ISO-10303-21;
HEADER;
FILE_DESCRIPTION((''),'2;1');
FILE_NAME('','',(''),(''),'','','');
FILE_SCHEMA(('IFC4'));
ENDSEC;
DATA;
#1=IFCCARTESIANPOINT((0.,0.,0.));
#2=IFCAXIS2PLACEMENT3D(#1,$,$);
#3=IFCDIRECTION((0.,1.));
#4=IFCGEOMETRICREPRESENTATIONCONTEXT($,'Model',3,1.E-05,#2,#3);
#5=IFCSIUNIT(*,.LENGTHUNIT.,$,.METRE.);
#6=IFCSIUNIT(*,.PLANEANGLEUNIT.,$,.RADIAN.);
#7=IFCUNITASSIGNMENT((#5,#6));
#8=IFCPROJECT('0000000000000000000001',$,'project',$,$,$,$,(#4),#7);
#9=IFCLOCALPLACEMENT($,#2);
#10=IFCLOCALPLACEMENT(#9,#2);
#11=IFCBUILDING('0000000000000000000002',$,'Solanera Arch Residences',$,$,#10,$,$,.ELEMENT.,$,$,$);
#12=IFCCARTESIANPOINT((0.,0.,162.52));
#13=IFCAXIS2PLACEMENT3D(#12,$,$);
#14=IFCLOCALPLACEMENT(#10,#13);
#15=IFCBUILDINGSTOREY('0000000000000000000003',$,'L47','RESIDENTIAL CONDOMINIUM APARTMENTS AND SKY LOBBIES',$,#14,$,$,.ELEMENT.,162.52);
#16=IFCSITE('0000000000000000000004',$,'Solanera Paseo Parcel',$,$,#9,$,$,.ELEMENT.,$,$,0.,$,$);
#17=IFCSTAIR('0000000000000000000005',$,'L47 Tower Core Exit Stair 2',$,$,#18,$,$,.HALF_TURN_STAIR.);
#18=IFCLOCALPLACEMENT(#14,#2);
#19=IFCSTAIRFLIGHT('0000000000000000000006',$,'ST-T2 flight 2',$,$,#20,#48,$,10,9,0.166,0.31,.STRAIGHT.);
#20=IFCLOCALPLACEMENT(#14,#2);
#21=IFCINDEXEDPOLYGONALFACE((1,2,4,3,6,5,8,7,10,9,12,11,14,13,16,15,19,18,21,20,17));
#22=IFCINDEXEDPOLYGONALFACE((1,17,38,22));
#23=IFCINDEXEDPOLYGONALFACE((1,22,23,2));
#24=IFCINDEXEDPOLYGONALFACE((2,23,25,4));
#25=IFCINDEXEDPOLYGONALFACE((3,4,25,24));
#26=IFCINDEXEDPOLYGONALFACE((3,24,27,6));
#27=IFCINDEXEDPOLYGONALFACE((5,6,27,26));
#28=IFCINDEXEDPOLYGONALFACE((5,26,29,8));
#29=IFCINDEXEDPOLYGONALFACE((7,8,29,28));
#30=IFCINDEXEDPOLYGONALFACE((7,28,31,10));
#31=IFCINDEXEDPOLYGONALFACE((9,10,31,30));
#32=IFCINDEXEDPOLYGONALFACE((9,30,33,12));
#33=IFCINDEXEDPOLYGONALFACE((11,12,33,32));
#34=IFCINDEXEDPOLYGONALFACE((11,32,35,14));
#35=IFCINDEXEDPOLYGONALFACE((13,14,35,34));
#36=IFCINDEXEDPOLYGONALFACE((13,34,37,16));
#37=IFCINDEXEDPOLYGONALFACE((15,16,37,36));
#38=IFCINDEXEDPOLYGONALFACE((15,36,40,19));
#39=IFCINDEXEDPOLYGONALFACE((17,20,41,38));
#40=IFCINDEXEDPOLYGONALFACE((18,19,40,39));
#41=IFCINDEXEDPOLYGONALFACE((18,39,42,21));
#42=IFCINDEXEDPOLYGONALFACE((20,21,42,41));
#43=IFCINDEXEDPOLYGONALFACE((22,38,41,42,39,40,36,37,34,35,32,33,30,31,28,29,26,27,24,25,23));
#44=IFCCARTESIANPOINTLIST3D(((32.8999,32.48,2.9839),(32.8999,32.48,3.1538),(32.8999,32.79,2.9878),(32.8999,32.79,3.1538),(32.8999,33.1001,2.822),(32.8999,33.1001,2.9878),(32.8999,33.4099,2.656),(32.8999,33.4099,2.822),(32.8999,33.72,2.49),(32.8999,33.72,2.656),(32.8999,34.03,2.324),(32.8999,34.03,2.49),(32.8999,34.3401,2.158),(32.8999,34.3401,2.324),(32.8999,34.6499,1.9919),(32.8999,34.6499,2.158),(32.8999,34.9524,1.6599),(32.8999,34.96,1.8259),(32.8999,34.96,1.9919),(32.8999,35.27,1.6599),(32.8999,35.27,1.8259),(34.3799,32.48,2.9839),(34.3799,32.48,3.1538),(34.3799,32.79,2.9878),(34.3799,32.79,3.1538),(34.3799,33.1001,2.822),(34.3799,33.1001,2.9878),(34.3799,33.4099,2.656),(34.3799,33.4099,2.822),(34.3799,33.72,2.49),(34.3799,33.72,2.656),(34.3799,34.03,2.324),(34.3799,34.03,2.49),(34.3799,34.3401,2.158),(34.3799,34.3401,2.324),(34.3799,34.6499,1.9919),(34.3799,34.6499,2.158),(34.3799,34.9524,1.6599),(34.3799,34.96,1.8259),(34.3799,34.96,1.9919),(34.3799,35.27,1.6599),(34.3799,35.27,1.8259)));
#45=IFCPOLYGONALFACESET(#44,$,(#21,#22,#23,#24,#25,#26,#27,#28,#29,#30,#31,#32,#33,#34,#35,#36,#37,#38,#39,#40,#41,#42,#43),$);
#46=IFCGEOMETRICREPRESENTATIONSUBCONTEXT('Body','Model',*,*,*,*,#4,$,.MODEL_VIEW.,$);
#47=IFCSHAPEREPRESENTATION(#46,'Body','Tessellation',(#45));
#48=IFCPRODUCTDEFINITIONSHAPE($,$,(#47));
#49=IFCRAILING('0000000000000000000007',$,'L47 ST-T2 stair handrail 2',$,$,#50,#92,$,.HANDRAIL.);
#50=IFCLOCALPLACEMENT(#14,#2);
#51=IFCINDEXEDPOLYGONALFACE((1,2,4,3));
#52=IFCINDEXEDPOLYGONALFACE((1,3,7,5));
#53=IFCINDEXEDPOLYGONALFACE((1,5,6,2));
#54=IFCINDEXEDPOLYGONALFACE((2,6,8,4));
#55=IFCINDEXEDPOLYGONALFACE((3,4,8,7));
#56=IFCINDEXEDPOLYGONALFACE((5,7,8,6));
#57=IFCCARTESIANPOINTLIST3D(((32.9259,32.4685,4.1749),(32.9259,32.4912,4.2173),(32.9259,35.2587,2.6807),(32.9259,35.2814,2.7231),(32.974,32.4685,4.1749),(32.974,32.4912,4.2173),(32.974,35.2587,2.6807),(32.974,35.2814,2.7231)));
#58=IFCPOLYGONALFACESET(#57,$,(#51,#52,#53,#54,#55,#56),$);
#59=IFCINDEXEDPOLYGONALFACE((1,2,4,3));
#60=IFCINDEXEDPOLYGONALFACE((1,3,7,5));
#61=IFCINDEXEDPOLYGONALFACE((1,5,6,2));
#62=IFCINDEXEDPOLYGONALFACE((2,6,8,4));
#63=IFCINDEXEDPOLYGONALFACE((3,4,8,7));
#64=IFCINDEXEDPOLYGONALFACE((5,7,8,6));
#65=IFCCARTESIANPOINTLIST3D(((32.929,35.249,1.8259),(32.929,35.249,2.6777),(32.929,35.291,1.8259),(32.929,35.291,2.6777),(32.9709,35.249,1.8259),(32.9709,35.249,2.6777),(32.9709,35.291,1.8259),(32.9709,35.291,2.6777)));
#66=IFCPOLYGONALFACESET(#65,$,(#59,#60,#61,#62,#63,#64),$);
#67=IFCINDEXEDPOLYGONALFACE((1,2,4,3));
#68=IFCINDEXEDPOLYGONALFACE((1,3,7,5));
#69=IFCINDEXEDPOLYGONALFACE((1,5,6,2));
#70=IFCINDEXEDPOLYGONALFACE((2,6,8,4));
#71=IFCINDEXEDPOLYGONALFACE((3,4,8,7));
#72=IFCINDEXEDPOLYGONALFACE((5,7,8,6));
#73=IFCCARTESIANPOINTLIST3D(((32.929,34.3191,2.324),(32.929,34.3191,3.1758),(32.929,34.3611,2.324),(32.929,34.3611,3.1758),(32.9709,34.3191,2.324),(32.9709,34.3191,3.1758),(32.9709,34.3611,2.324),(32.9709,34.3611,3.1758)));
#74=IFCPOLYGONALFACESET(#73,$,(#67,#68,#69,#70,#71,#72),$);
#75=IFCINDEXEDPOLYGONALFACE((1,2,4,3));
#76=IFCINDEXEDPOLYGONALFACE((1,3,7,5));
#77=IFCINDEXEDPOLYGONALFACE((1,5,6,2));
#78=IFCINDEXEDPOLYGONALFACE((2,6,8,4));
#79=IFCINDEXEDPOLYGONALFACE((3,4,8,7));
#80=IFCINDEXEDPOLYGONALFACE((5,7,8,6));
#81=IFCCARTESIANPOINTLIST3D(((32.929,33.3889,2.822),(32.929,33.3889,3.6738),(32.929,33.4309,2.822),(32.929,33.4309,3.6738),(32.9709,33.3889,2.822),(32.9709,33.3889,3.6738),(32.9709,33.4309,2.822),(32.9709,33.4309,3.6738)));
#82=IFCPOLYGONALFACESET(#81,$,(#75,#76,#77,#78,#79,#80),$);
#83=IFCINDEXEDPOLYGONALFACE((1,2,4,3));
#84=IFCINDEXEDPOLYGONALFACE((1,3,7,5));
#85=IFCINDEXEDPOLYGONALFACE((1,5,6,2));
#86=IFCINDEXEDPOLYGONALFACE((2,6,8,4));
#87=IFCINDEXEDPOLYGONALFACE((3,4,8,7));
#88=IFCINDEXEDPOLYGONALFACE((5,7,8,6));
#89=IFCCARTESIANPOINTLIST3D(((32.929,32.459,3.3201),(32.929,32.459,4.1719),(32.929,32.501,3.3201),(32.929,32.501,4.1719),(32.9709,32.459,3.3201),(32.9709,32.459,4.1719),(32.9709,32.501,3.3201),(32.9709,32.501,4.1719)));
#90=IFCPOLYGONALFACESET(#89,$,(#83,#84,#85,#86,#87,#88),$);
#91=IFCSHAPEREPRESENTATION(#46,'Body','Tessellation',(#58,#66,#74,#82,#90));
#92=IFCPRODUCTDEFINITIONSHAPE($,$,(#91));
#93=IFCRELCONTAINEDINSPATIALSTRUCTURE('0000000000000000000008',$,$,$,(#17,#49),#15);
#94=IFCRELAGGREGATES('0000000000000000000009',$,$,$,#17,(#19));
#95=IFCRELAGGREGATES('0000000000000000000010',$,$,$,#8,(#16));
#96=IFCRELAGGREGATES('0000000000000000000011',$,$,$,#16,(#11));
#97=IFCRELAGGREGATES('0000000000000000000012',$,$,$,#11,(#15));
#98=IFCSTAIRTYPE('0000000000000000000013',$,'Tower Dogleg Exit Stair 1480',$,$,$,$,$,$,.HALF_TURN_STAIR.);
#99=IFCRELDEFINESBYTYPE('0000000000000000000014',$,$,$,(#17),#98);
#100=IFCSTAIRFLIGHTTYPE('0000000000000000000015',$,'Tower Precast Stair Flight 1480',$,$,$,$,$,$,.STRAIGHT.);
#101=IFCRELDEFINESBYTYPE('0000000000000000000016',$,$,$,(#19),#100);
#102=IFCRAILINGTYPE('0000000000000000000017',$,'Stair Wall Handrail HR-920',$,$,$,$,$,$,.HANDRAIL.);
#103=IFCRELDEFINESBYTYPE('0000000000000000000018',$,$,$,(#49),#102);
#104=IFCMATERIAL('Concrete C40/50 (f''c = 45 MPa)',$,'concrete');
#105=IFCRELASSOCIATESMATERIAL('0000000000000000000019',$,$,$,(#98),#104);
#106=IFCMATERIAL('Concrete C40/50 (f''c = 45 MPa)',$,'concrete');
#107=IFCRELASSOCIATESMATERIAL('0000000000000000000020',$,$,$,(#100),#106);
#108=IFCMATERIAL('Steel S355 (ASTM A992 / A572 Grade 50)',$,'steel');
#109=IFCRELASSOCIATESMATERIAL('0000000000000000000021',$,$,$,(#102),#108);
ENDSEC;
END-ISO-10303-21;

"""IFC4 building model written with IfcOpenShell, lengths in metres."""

from ifc_helpers import new_model, si_unit, direction, frame, origin, origin_2d, place, context, subcontext, project, spatial, polyline, rectangle, outline, extrude, material, type_object, element, aggregate, save


model = new_model("IFC4")

# Units and contexts
model_context = context("Model", 3, precision=1e-05, world=origin(), true_north=direction((0.0, 1.0)))
body_context = subcontext(model_context, "Body", "Model", "MODEL_VIEW")
ifc_project = project(units=[si_unit("LENGTHUNIT", "METRE"), si_unit("PLANEANGLEUNIT", "RADIAN")], contexts=[model_context])

# Site, building, storey
site_placement = place(None, origin())
site = spatial("IfcSite", under=ifc_project, at=site_placement, Name="Solanera Paseo Parcel", CompositionType="ELEMENT", RefElevation=0.0)
building_placement = place(site_placement, origin())
building = spatial("IfcBuilding", under=site, at=building_placement, Name="Solanera Arch Residences", CompositionType="ELEMENT")
storey_placement = place(building_placement, frame((0.0, 0.0, 162.52)))
storey = spatial("IfcBuildingStorey", under=building, at=storey_placement, Name="L47", Description="RESIDENTIAL CONDOMINIUM APARTMENTS AND SKY LOBBIES", CompositionType="ELEMENT", Elevation=162.52)

# Stair, stair flight
ifc_material_1 = material(Name="Concrete C40/50 (f'c = 45 MPa)", Category="concrete")
stair_type = type_object("IfcStairType", Name="Tower Dogleg Exit Stair 1480", PredefinedType="HALF_TURN_STAIR", material=ifc_material_1)
stair_placement = place(storey_placement, origin())
stair = element("IfcStair", 1, at=stair_placement, inside=storey, type_object=stair_type, Name="L47 Tower Core Exit Stair 2", PredefinedType="HALF_TURN_STAIR")
ifc_material_2 = material(Name="Concrete C40/50 (f'c = 45 MPa)", Category="concrete")
stair_flight_type = type_object("IfcStairFlightType", Name="Tower Precast Stair Flight 1480", PredefinedType="STRAIGHT", material=ifc_material_2)
stair_flight_placement = place(storey_placement, frame((33.6399, 35.27, 1.6599), z_axis=(0.0, 0.0, 1.0), x_axis=(0.0, -1.0, 0.0)))
stair_flight = element("IfcStairFlight", 2, at=stair_flight_placement, type_object=stair_flight_type, Name="ST-T2 flight 2", NumberOfRisers=10, NumberOfTreads=9, PredefinedType="STRAIGHT", RiserHeight=0.166, TreadLength=0.31, context=body_context, shape_type="SweptSolid", body=[
    extrude(outline(polyline([(0.0, 0.0), (0.0, 0.166), (0.3101, 0.166), (0.3101, 0.332), (0.6201, 0.332), (0.6201, 0.498), (0.9299, 0.498), (0.9299, 0.6641), (1.24, 0.6641), (1.24, 0.8301), (1.55, 0.8301), (1.55, 0.9961), (1.8601, 0.9961), (1.8601, 1.1621), (2.1699, 1.1621), (2.1699, 1.3279), (2.48, 1.3279), (2.48, 1.4939), (2.79, 1.4939), (2.79, 1.6599), (2.79, 1.324), (0.3176, 0.0), (0.0, 0.0)])), frame((0.0, 0.74, 0.0), z_axis=(0.0, -1.0, 0.0), x_axis=(1.0, 0.0, 0.0)), (0.0, 0.0, 1.0), 1.48),
])
aggregate(stair, [stair_flight])

# Railing
ifc_material_3 = material(Name="Steel S355 (ASTM A992 / A572 Grade 50)", Category="steel")
railing_type = type_object("IfcRailingType", Name="Stair Wall Handrail HR-920", PredefinedType="HANDRAIL", material=ifc_material_3)
railing_placement = place(storey_placement, frame((32.95, 35.27, 1.8259)))
element("IfcRailing", 3, at=railing_placement, inside=storey, type_object=railing_type, Name="L47 ST-T2 stair handrail 2", PredefinedType="HANDRAIL", context=body_context, shape_type="SweptSolid", body=[
    extrude(rectangle(XDim=0.0481, YDim=0.0481, at=origin_2d()), frame((0.0, 0.0, 0.876), z_axis=(0.0, -0.881549, 0.472093), x_axis=(1.0, 0.0, 0.0)), (0.0, 0.0, 1.0), 3.165),
    extrude(rectangle(XDim=0.042, YDim=0.042, at=origin_2d()), origin(), (0.0, 0.0, 1.0), 0.8518),
    extrude(rectangle(XDim=0.042, YDim=0.042, at=origin_2d()), frame((0.0, -0.9299, 0.498)), (0.0, 0.0, 1.0), 0.8518),
    extrude(rectangle(XDim=0.042, YDim=0.042, at=origin_2d()), frame((0.0, -1.8601, 0.9961)), (0.0, 0.0, 1.0), 0.8518),
    extrude(rectangle(XDim=0.042, YDim=0.042, at=origin_2d()), frame((0.0, -2.79, 1.4941)), (0.0, 0.0, 1.0), 0.8518),
])

save(model, "model.ifc")
